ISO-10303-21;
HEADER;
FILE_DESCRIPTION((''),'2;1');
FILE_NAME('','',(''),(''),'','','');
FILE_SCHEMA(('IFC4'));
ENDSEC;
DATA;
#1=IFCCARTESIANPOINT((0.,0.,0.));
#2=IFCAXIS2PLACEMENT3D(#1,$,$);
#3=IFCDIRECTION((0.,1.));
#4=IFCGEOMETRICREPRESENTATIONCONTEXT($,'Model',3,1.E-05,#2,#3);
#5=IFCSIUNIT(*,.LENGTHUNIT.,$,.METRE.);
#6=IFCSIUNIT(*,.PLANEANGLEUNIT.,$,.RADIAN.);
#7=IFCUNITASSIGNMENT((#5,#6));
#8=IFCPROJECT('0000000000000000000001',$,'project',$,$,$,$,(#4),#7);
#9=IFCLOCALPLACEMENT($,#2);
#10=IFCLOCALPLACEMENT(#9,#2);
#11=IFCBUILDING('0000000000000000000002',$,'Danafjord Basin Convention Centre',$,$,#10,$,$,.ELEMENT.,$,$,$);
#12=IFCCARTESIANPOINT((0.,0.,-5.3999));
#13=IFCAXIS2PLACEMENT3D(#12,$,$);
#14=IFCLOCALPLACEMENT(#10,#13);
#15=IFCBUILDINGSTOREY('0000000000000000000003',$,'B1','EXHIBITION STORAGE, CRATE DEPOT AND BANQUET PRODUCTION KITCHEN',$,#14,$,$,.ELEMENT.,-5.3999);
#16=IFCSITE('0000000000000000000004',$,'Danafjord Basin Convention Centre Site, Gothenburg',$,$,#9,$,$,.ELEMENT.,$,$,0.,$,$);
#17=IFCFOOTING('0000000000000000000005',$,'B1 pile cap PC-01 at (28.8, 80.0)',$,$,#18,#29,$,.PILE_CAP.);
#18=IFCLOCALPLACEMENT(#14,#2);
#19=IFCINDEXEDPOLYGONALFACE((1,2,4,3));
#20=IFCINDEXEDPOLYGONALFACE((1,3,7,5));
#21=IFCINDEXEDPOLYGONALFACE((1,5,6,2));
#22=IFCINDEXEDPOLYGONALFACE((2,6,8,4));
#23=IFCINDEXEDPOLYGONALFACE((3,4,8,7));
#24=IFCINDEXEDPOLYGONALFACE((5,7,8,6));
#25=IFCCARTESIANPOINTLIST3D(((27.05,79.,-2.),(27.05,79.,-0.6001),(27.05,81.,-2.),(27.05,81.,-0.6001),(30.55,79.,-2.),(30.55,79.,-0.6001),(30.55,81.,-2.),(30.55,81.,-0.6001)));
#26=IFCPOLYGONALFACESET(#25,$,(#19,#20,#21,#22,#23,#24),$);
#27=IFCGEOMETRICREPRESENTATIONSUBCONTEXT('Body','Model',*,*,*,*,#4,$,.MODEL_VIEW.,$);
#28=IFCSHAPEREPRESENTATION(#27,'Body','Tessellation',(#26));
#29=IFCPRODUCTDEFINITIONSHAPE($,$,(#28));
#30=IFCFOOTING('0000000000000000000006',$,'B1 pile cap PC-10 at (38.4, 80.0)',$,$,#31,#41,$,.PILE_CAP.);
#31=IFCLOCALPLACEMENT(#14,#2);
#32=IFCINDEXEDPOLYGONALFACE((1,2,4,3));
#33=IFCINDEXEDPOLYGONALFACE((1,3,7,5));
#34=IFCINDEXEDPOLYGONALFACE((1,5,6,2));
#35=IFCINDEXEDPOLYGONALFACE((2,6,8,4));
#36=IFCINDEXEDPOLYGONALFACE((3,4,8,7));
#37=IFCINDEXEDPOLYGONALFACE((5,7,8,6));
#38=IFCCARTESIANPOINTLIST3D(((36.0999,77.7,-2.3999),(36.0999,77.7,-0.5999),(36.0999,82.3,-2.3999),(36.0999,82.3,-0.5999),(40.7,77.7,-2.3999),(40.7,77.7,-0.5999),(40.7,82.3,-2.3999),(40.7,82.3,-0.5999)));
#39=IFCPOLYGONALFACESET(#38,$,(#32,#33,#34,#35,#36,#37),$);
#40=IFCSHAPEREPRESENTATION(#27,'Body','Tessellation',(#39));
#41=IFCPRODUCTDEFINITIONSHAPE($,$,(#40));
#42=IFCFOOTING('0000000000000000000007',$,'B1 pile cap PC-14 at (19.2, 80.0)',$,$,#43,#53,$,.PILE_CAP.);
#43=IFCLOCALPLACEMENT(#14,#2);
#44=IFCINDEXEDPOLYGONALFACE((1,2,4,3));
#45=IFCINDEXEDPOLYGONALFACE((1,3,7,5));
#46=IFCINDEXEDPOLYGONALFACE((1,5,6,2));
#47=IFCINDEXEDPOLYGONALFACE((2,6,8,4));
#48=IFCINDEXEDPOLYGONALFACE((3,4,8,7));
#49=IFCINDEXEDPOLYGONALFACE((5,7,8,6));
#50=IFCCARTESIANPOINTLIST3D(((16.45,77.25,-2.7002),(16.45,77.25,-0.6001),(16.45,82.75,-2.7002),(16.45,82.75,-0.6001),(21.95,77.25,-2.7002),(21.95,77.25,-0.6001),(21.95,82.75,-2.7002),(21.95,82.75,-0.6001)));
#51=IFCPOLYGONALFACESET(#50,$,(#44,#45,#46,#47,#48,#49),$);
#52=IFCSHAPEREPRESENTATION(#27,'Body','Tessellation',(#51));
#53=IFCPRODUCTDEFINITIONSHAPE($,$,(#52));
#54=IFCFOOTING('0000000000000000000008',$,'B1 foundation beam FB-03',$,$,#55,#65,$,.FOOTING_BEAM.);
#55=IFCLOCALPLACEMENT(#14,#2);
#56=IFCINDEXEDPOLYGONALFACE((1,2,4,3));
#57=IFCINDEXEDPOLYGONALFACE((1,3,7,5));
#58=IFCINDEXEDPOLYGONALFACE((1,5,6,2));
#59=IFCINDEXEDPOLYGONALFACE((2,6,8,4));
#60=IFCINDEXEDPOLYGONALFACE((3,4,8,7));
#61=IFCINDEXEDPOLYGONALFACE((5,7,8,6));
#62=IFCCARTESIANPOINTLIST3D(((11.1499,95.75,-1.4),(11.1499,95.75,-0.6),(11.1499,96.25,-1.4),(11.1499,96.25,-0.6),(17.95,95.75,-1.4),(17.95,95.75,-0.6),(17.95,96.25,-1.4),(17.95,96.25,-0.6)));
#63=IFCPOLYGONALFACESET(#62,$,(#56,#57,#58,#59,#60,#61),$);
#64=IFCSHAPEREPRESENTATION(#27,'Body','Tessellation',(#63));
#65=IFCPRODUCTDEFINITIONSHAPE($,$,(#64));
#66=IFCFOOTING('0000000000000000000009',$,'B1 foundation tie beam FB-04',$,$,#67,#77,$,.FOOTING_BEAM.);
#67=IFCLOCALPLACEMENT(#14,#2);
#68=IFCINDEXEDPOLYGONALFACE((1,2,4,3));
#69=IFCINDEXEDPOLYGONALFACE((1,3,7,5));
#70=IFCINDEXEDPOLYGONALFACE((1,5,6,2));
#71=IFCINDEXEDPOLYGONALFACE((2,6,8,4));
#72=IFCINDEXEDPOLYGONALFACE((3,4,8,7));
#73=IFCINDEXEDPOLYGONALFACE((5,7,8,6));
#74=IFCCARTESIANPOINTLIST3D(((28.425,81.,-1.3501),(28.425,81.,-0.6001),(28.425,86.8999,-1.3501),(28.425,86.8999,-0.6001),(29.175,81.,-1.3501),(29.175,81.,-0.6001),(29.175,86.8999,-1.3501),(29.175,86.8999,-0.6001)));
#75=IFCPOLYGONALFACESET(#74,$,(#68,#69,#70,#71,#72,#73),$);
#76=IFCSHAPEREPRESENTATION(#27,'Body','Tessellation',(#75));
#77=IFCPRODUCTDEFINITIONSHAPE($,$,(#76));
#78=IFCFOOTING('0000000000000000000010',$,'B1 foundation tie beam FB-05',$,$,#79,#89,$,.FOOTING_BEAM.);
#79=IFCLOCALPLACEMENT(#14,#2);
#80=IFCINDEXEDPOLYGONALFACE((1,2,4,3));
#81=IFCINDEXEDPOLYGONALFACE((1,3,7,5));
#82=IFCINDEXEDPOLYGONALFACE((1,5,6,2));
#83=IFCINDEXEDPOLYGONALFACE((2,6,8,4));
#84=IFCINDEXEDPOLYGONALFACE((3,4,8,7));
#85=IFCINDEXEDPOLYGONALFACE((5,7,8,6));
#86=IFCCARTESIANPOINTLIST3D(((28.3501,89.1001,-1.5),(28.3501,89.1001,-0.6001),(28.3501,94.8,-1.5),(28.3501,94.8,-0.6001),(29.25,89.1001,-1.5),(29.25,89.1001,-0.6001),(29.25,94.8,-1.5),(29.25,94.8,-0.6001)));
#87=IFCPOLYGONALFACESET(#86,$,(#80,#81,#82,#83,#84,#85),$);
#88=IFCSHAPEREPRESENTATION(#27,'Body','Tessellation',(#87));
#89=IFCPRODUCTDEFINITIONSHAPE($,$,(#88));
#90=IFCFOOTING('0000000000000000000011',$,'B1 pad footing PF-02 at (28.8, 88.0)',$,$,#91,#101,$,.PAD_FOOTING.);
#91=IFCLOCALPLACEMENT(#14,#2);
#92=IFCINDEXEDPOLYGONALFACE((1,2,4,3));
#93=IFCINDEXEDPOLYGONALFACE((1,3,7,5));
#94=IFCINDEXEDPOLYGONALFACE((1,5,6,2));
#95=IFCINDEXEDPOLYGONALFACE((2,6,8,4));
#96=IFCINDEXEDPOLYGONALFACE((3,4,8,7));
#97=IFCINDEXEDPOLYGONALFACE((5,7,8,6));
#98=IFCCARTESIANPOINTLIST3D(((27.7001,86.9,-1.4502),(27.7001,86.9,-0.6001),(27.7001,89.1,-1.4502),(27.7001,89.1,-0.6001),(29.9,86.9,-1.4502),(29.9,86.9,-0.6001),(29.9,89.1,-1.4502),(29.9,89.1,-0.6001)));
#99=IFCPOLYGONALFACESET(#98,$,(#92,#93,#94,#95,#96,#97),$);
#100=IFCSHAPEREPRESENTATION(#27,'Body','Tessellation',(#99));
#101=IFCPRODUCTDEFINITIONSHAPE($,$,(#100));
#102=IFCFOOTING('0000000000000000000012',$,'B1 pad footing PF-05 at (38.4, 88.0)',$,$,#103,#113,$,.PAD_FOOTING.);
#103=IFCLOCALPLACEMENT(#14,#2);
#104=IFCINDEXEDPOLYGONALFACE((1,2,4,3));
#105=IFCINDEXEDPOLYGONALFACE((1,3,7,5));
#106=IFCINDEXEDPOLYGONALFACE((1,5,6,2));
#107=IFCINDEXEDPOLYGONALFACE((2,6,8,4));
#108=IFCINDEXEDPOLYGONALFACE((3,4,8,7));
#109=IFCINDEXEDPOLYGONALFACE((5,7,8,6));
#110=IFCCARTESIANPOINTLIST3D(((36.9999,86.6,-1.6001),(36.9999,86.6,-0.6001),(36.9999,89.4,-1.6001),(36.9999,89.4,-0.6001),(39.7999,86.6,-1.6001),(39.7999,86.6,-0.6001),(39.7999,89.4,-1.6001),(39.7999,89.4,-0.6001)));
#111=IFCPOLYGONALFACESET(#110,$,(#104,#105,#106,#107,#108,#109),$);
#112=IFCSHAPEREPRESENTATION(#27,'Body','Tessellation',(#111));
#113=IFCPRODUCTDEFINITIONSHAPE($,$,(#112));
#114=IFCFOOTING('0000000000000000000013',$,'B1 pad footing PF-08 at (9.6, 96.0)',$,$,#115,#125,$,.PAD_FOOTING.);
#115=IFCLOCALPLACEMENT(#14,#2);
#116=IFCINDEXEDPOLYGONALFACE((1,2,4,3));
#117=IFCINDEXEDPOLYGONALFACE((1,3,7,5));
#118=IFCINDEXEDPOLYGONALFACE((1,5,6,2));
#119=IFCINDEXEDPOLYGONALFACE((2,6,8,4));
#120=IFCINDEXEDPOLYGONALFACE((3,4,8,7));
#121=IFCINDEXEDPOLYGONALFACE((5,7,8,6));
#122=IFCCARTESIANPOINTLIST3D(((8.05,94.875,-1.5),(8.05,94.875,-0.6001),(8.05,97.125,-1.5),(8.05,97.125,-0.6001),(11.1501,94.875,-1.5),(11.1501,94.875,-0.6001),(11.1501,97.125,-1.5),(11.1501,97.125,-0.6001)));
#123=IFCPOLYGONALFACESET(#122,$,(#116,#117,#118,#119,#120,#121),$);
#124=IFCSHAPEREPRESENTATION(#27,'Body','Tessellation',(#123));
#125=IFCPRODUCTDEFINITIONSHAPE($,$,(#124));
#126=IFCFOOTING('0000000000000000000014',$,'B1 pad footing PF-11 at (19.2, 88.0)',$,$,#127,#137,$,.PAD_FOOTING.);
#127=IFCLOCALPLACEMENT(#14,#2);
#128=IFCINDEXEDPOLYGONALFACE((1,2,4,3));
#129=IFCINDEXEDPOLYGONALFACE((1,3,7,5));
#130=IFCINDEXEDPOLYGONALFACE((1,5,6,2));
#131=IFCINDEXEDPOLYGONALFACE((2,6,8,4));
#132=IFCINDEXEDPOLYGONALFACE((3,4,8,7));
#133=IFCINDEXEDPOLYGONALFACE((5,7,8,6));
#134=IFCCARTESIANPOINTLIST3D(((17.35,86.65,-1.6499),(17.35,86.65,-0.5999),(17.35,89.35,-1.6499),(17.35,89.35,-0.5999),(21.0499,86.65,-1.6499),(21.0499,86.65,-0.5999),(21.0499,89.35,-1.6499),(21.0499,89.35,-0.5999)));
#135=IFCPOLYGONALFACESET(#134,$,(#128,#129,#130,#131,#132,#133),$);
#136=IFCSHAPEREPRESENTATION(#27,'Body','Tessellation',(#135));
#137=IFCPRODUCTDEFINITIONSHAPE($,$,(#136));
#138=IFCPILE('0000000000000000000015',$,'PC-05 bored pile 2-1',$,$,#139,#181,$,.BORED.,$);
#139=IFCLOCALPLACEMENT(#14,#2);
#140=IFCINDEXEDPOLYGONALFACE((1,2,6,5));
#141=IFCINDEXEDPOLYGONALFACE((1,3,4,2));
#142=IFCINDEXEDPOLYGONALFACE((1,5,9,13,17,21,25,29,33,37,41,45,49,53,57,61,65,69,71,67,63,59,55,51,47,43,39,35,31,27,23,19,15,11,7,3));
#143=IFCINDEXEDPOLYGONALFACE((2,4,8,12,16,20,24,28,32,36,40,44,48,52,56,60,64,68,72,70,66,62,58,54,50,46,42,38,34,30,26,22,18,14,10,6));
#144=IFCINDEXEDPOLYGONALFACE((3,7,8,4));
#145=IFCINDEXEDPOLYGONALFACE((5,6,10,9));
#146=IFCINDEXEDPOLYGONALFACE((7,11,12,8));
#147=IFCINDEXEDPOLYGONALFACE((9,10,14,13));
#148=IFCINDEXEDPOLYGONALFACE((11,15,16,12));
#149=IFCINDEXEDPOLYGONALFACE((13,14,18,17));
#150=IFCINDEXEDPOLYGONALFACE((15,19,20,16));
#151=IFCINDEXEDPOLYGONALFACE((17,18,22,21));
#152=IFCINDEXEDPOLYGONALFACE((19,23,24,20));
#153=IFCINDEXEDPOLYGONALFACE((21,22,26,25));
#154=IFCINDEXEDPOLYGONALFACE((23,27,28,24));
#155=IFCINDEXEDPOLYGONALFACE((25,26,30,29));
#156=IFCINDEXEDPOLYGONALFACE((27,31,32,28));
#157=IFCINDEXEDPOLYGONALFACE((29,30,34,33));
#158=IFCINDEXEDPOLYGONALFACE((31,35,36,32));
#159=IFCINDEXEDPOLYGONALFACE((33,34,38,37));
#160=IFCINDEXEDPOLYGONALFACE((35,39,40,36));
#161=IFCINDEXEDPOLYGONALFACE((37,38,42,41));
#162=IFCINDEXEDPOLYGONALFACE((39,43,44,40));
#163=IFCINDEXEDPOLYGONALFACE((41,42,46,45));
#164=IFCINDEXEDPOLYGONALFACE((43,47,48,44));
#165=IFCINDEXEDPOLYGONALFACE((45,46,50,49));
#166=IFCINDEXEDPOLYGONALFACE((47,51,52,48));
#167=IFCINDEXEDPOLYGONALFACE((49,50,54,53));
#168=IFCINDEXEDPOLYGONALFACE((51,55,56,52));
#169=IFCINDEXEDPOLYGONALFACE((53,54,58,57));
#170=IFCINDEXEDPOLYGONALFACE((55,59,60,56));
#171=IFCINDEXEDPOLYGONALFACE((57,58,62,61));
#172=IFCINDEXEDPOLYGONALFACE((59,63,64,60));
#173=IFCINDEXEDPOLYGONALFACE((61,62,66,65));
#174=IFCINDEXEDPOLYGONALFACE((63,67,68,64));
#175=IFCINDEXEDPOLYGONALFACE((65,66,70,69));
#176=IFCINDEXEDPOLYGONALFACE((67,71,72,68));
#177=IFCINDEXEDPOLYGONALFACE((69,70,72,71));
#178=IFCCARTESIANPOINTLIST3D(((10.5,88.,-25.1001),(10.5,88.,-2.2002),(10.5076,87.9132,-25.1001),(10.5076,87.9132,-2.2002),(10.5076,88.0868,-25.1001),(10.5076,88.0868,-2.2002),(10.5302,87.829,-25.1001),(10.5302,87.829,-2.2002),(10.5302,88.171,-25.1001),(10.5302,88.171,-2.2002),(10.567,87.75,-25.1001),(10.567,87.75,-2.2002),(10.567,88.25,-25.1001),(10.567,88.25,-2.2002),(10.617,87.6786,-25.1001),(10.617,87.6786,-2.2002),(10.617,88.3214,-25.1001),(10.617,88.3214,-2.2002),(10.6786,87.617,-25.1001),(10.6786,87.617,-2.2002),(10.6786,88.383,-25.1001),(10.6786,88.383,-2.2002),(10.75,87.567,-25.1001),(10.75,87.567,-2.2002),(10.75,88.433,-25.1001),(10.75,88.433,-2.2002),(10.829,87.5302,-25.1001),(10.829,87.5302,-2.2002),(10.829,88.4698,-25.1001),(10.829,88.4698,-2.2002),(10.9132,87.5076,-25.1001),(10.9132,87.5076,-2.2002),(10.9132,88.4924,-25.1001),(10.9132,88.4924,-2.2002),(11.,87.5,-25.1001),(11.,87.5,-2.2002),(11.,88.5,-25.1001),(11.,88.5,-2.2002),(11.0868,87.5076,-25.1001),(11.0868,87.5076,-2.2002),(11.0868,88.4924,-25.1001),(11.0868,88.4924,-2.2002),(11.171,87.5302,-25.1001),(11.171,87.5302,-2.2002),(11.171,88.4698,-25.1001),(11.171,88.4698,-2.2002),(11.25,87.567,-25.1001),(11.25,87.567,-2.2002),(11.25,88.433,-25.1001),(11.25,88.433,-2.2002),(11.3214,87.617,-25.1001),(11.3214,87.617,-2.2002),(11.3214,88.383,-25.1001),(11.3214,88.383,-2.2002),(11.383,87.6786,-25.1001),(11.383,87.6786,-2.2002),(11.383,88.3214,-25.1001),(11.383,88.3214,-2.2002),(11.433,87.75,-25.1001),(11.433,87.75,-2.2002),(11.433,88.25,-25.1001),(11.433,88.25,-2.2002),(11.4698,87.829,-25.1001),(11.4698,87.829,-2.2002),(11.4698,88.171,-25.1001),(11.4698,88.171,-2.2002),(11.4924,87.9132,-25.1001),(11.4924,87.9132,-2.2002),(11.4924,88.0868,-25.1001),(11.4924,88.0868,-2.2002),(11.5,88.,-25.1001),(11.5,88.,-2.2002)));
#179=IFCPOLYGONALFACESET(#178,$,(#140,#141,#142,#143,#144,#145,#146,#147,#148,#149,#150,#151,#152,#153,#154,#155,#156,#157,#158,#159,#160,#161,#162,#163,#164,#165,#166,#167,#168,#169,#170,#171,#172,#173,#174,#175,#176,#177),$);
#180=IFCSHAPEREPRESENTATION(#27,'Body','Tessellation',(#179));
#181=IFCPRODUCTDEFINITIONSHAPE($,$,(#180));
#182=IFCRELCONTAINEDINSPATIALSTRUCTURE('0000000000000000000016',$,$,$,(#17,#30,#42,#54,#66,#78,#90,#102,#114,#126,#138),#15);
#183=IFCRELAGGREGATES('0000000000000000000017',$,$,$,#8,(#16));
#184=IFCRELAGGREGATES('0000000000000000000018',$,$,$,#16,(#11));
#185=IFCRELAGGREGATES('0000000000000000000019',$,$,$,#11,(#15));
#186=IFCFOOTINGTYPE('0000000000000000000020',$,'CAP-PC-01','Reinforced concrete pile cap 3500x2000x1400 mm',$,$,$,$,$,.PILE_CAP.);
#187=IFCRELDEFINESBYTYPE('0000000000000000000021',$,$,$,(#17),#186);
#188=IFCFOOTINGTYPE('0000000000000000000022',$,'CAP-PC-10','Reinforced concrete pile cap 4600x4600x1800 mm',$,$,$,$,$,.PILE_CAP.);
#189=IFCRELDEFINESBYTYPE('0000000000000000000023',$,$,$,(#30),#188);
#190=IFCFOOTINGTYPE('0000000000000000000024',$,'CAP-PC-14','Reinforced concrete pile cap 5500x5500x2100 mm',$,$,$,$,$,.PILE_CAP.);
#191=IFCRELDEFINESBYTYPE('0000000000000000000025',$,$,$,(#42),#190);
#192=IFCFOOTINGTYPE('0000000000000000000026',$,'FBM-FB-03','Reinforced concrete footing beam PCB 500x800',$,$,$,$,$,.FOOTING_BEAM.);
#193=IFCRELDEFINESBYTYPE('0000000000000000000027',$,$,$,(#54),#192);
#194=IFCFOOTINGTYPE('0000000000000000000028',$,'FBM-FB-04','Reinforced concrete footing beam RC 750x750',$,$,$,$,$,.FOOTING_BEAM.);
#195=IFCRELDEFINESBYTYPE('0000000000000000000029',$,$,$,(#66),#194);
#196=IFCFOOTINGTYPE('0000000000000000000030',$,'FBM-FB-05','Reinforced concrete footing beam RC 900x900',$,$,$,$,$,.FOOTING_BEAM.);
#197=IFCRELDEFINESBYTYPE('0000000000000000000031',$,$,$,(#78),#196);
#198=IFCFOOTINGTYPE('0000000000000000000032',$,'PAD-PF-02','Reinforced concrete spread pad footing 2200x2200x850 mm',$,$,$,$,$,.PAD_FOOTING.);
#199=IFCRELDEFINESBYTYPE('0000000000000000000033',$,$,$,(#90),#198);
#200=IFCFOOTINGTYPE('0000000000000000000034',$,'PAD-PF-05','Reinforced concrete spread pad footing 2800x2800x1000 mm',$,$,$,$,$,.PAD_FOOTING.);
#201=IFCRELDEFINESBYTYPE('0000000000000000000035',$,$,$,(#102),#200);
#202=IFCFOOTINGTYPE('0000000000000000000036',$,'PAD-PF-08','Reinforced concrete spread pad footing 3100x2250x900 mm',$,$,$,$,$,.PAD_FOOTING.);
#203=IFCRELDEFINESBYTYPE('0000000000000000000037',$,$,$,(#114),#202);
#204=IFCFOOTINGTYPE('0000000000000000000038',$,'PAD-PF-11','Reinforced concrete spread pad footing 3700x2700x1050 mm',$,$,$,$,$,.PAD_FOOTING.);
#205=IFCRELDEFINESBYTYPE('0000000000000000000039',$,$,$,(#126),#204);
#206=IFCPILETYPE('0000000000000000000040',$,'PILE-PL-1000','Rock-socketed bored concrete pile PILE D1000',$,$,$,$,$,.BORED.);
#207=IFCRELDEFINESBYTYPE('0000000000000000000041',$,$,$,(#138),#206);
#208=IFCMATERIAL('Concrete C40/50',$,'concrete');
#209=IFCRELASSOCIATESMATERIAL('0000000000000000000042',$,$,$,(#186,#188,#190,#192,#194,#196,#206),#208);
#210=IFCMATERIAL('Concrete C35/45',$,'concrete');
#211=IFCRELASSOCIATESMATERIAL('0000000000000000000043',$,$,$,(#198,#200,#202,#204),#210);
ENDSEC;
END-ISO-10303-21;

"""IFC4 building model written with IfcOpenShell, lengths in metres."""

from ifc_helpers import new_model, si_unit, direction, frame, origin, origin_2d, place, context, subcontext, project, spatial, rectangle, circle, extrude, material, material_profile, profile_set, type_object, element, save


model = new_model("IFC4")

# Units and contexts
model_context = context("Model", 3, precision=1e-05, world=origin(), true_north=direction((0.0, 1.0)))
body_context = subcontext(model_context, "Body", "Model", "MODEL_VIEW")
ifc_project = project(units=[si_unit("LENGTHUNIT", "METRE"), si_unit("PLANEANGLEUNIT", "RADIAN")], contexts=[model_context])

# Site, building, storey
site_placement = place(None, origin())
site = spatial("IfcSite", under=ifc_project, at=site_placement, Name="Danafjord Basin Convention Centre Site, Gothenburg", CompositionType="ELEMENT", RefElevation=0.0)
building_placement = place(site_placement, origin())
building = spatial("IfcBuilding", under=site, at=building_placement, Name="Danafjord Basin Convention Centre", CompositionType="ELEMENT")
storey_placement = place(building_placement, frame((0.0, 0.0, -5.3999)))
storey = spatial("IfcBuildingStorey", under=building, at=storey_placement, Name="B1", Description="EXHIBITION STORAGE, CRATE DEPOT AND BANQUET PRODUCTION KITCHEN", CompositionType="ELEMENT", Elevation=-5.3999)

# Footings
ifc_material_1 = material(Name="Concrete C40/50", Category="concrete")
footing_type_1 = type_object("IfcFootingType", Name="CAP-PC-01", Description="Reinforced concrete pile cap 3500x2000x1400 mm", PredefinedType="PILE_CAP", material=ifc_material_1)
footing_1_placement = place(storey_placement, frame((28.8, 80.0, -2.0), z_axis=(0.0, 0.0, 1.0), x_axis=(1.0, 0.0, 0.0)))
element("IfcFooting", 1, at=footing_1_placement, inside=storey, type_object=footing_type_1, Name="B1 pile cap PC-01 at (28.8, 80.0)", PredefinedType="PILE_CAP", context=body_context, shape_type="SweptSolid", body=[
    extrude(rectangle(XDim=3.5, YDim=2.0, at=origin_2d()), origin(), (0.0, 0.0, 1.0), 1.3999),
])
footing_type_2 = type_object("IfcFootingType", Name="CAP-PC-10", Description="Reinforced concrete pile cap 4600x4600x1800 mm", PredefinedType="PILE_CAP", material=ifc_material_1)
footing_2_placement = place(storey_placement, frame((38.3999, 80.0, -2.3999), z_axis=(0.0, 0.0, 1.0), x_axis=(1.0, 0.0, 0.0)))
element("IfcFooting", 2, at=footing_2_placement, inside=storey, type_object=footing_type_2, Name="B1 pile cap PC-10 at (38.4, 80.0)", PredefinedType="PILE_CAP", context=body_context, shape_type="SweptSolid", body=[
    extrude(rectangle(XDim=4.6001, YDim=4.6001, at=origin_2d()), origin(), (0.0, 0.0, 1.0), 1.8),
])
footing_type_3 = type_object("IfcFootingType", Name="CAP-PC-14", Description="Reinforced concrete pile cap 5500x5500x2100 mm", PredefinedType="PILE_CAP", material=ifc_material_1)
footing_3_placement = place(storey_placement, frame((19.2, 80.0, -2.7002), z_axis=(0.0, 0.0, 1.0), x_axis=(1.0, 0.0, 0.0)))
element("IfcFooting", 3, at=footing_3_placement, inside=storey, type_object=footing_type_3, Name="B1 pile cap PC-14 at (19.2, 80.0)", PredefinedType="PILE_CAP", context=body_context, shape_type="SweptSolid", body=[
    extrude(rectangle(XDim=5.5, YDim=5.5, at=origin_2d()), origin(), (0.0, 0.0, 1.0), 2.1001),
])
ifc_material_profile_1 = material_profile(ifc_material_1, rectangle(XDim=0.5, YDim=0.8, at=origin_2d()), Name="PCB 500x800")
ifc_profile_set_1 = profile_set([ifc_material_profile_1], Name="Concrete C40/50")
footing_type_4 = type_object("IfcFootingType", Name="FBM-FB-03", Description="Reinforced concrete footing beam PCB 500x800", PredefinedType="FOOTING_BEAM", material=ifc_profile_set_1)
footing_4_placement = place(storey_placement, frame((11.1499, 96.0, -1.0), z_axis=(1.0, 0.0, 0.0), x_axis=(0.0, 1.0, 0.0)))
element("IfcFooting", 4, at=footing_4_placement, inside=storey, type_object=footing_type_4, Name="B1 foundation beam FB-03", PredefinedType="FOOTING_BEAM", context=body_context, shape_type="SweptSolid", body=[
    extrude(rectangle(XDim=0.5, YDim=0.8, at=origin_2d()), origin(), (0.0, 0.0, 1.0), 6.8),
])
ifc_material_profile_2 = material_profile(ifc_material_1, rectangle(XDim=0.75, YDim=0.75, at=origin_2d()), Name="RC 750x750")
ifc_profile_set_2 = profile_set([ifc_material_profile_2], Name="Concrete C40/50")
footing_type_5 = type_object("IfcFootingType", Name="FBM-FB-04", Description="Reinforced concrete footing beam RC 750x750", PredefinedType="FOOTING_BEAM", material=ifc_profile_set_2)
footing_5_placement = place(storey_placement, frame((28.8, 81.0, -0.9751), z_axis=(0.0, 1.0, 0.0), x_axis=(-1.0, 0.0, 0.0)))
element("IfcFooting", 5, at=footing_5_placement, inside=storey, type_object=footing_type_5, Name="B1 foundation tie beam FB-04", PredefinedType="FOOTING_BEAM", context=body_context, shape_type="SweptSolid", body=[
    extrude(rectangle(XDim=0.75, YDim=0.75, at=origin_2d()), origin(), (0.0, 0.0, 1.0), 5.8999),
])
ifc_material_profile_3 = material_profile(ifc_material_1, rectangle(XDim=0.8999, YDim=0.8999, at=origin_2d()), Name="RC 900x900")
ifc_profile_set_3 = profile_set([ifc_material_profile_3], Name="Concrete C40/50")
footing_type_6 = type_object("IfcFootingType", Name="FBM-FB-05", Description="Reinforced concrete footing beam RC 900x900", PredefinedType="FOOTING_BEAM", material=ifc_profile_set_3)
footing_6_placement = place(storey_placement, frame((28.8, 89.1001, -1.05), z_axis=(0.0, 1.0, 0.0), x_axis=(-1.0, 0.0, 0.0)))
element("IfcFooting", 6, at=footing_6_placement, inside=storey, type_object=footing_type_6, Name="B1 foundation tie beam FB-05", PredefinedType="FOOTING_BEAM", context=body_context, shape_type="SweptSolid", body=[
    extrude(rectangle(XDim=0.8999, YDim=0.8999, at=origin_2d()), origin(), (0.0, 0.0, 1.0), 5.7),
])
ifc_material_2 = material(Name="Concrete C35/45", Category="concrete")
footing_type_7 = type_object("IfcFootingType", Name="PAD-PF-02", Description="Reinforced concrete spread pad footing 2200x2200x850 mm", PredefinedType="PAD_FOOTING", material=ifc_material_2)
footing_7_placement = place(storey_placement, frame((28.8, 88.0, -1.4502), z_axis=(0.0, 0.0, 1.0), x_axis=(1.0, 0.0, 0.0)))
element("IfcFooting", 7, at=footing_7_placement, inside=storey, type_object=footing_type_7, Name="B1 pad footing PF-02 at (28.8, 88.0)", PredefinedType="PAD_FOOTING", context=body_context, shape_type="SweptSolid", body=[
    extrude(rectangle(XDim=2.2, YDim=2.2, at=origin_2d()), origin(), (0.0, 0.0, 1.0), 0.8501),
])
footing_type_8 = type_object("IfcFootingType", Name="PAD-PF-05", Description="Reinforced concrete spread pad footing 2800x2800x1000 mm", PredefinedType="PAD_FOOTING", material=ifc_material_2)
footing_8_placement = place(storey_placement, frame((38.3999, 88.0, -1.6001), z_axis=(0.0, 0.0, 1.0), x_axis=(1.0, 0.0, 0.0)))
element("IfcFooting", 8, at=footing_8_placement, inside=storey, type_object=footing_type_8, Name="B1 pad footing PF-05 at (38.4, 88.0)", PredefinedType="PAD_FOOTING", context=body_context, shape_type="SweptSolid", body=[
    extrude(rectangle(XDim=2.8, YDim=2.8, at=origin_2d()), origin(), (0.0, 0.0, 1.0), 1.0),
])
footing_type_9 = type_object("IfcFootingType", Name="PAD-PF-08", Description="Reinforced concrete spread pad footing 3100x2250x900 mm", PredefinedType="PAD_FOOTING", material=ifc_material_2)
footing_9_placement = place(storey_placement, frame((9.6001, 96.0, -1.5), z_axis=(0.0, 0.0, 1.0), x_axis=(1.0, 0.0, 0.0)))
element("IfcFooting", 9, at=footing_9_placement, inside=storey, type_object=footing_type_9, Name="B1 pad footing PF-08 at (9.6, 96.0)", PredefinedType="PAD_FOOTING", context=body_context, shape_type="SweptSolid", body=[
    extrude(rectangle(XDim=3.1001, YDim=2.25, at=origin_2d()), origin(), (0.0, 0.0, 1.0), 0.8999),
])
footing_type_10 = type_object("IfcFootingType", Name="PAD-PF-11", Description="Reinforced concrete spread pad footing 3700x2700x1050 mm", PredefinedType="PAD_FOOTING", material=ifc_material_2)
footing_10_placement = place(storey_placement, frame((19.2, 88.0, -1.6499), z_axis=(0.0, 0.0, 1.0), x_axis=(1.0, 0.0, 0.0)))
element("IfcFooting", 10, at=footing_10_placement, inside=storey, type_object=footing_type_10, Name="B1 pad footing PF-11 at (19.2, 88.0)", PredefinedType="PAD_FOOTING", context=body_context, shape_type="SweptSolid", body=[
    extrude(rectangle(XDim=3.7, YDim=2.7, at=origin_2d()), origin(), (0.0, 0.0, 1.0), 1.05),
])

# Pile
ifc_material_profile_4 = material_profile(ifc_material_1, circle(Radius=0.5, at=origin_2d()), Name="PILE D1000")
ifc_profile_set_4 = profile_set([ifc_material_profile_4], Name="Concrete C40/50")
pile_type_1 = type_object("IfcPileType", Name="PILE-PL-1000", Description="Rock-socketed bored concrete pile PILE D1000", PredefinedType="BORED", material=ifc_profile_set_4)
pile_placement = place(storey_placement, frame((11.0, 88.0, -2.2002), z_axis=(0.0, 0.0, -1.0), x_axis=(1.0, 0.0, 0.0)))
element("IfcPile", 11, at=pile_placement, inside=storey, type_object=pile_type_1, Name="PC-05 bored pile 2-1", PredefinedType="BORED", context=body_context, shape_type="SweptSolid", body=[
    extrude(circle(Radius=0.5, at=origin_2d()), origin(), (0.0, 0.0, 1.0), 22.8999),
])

save(model, "model.ifc")
